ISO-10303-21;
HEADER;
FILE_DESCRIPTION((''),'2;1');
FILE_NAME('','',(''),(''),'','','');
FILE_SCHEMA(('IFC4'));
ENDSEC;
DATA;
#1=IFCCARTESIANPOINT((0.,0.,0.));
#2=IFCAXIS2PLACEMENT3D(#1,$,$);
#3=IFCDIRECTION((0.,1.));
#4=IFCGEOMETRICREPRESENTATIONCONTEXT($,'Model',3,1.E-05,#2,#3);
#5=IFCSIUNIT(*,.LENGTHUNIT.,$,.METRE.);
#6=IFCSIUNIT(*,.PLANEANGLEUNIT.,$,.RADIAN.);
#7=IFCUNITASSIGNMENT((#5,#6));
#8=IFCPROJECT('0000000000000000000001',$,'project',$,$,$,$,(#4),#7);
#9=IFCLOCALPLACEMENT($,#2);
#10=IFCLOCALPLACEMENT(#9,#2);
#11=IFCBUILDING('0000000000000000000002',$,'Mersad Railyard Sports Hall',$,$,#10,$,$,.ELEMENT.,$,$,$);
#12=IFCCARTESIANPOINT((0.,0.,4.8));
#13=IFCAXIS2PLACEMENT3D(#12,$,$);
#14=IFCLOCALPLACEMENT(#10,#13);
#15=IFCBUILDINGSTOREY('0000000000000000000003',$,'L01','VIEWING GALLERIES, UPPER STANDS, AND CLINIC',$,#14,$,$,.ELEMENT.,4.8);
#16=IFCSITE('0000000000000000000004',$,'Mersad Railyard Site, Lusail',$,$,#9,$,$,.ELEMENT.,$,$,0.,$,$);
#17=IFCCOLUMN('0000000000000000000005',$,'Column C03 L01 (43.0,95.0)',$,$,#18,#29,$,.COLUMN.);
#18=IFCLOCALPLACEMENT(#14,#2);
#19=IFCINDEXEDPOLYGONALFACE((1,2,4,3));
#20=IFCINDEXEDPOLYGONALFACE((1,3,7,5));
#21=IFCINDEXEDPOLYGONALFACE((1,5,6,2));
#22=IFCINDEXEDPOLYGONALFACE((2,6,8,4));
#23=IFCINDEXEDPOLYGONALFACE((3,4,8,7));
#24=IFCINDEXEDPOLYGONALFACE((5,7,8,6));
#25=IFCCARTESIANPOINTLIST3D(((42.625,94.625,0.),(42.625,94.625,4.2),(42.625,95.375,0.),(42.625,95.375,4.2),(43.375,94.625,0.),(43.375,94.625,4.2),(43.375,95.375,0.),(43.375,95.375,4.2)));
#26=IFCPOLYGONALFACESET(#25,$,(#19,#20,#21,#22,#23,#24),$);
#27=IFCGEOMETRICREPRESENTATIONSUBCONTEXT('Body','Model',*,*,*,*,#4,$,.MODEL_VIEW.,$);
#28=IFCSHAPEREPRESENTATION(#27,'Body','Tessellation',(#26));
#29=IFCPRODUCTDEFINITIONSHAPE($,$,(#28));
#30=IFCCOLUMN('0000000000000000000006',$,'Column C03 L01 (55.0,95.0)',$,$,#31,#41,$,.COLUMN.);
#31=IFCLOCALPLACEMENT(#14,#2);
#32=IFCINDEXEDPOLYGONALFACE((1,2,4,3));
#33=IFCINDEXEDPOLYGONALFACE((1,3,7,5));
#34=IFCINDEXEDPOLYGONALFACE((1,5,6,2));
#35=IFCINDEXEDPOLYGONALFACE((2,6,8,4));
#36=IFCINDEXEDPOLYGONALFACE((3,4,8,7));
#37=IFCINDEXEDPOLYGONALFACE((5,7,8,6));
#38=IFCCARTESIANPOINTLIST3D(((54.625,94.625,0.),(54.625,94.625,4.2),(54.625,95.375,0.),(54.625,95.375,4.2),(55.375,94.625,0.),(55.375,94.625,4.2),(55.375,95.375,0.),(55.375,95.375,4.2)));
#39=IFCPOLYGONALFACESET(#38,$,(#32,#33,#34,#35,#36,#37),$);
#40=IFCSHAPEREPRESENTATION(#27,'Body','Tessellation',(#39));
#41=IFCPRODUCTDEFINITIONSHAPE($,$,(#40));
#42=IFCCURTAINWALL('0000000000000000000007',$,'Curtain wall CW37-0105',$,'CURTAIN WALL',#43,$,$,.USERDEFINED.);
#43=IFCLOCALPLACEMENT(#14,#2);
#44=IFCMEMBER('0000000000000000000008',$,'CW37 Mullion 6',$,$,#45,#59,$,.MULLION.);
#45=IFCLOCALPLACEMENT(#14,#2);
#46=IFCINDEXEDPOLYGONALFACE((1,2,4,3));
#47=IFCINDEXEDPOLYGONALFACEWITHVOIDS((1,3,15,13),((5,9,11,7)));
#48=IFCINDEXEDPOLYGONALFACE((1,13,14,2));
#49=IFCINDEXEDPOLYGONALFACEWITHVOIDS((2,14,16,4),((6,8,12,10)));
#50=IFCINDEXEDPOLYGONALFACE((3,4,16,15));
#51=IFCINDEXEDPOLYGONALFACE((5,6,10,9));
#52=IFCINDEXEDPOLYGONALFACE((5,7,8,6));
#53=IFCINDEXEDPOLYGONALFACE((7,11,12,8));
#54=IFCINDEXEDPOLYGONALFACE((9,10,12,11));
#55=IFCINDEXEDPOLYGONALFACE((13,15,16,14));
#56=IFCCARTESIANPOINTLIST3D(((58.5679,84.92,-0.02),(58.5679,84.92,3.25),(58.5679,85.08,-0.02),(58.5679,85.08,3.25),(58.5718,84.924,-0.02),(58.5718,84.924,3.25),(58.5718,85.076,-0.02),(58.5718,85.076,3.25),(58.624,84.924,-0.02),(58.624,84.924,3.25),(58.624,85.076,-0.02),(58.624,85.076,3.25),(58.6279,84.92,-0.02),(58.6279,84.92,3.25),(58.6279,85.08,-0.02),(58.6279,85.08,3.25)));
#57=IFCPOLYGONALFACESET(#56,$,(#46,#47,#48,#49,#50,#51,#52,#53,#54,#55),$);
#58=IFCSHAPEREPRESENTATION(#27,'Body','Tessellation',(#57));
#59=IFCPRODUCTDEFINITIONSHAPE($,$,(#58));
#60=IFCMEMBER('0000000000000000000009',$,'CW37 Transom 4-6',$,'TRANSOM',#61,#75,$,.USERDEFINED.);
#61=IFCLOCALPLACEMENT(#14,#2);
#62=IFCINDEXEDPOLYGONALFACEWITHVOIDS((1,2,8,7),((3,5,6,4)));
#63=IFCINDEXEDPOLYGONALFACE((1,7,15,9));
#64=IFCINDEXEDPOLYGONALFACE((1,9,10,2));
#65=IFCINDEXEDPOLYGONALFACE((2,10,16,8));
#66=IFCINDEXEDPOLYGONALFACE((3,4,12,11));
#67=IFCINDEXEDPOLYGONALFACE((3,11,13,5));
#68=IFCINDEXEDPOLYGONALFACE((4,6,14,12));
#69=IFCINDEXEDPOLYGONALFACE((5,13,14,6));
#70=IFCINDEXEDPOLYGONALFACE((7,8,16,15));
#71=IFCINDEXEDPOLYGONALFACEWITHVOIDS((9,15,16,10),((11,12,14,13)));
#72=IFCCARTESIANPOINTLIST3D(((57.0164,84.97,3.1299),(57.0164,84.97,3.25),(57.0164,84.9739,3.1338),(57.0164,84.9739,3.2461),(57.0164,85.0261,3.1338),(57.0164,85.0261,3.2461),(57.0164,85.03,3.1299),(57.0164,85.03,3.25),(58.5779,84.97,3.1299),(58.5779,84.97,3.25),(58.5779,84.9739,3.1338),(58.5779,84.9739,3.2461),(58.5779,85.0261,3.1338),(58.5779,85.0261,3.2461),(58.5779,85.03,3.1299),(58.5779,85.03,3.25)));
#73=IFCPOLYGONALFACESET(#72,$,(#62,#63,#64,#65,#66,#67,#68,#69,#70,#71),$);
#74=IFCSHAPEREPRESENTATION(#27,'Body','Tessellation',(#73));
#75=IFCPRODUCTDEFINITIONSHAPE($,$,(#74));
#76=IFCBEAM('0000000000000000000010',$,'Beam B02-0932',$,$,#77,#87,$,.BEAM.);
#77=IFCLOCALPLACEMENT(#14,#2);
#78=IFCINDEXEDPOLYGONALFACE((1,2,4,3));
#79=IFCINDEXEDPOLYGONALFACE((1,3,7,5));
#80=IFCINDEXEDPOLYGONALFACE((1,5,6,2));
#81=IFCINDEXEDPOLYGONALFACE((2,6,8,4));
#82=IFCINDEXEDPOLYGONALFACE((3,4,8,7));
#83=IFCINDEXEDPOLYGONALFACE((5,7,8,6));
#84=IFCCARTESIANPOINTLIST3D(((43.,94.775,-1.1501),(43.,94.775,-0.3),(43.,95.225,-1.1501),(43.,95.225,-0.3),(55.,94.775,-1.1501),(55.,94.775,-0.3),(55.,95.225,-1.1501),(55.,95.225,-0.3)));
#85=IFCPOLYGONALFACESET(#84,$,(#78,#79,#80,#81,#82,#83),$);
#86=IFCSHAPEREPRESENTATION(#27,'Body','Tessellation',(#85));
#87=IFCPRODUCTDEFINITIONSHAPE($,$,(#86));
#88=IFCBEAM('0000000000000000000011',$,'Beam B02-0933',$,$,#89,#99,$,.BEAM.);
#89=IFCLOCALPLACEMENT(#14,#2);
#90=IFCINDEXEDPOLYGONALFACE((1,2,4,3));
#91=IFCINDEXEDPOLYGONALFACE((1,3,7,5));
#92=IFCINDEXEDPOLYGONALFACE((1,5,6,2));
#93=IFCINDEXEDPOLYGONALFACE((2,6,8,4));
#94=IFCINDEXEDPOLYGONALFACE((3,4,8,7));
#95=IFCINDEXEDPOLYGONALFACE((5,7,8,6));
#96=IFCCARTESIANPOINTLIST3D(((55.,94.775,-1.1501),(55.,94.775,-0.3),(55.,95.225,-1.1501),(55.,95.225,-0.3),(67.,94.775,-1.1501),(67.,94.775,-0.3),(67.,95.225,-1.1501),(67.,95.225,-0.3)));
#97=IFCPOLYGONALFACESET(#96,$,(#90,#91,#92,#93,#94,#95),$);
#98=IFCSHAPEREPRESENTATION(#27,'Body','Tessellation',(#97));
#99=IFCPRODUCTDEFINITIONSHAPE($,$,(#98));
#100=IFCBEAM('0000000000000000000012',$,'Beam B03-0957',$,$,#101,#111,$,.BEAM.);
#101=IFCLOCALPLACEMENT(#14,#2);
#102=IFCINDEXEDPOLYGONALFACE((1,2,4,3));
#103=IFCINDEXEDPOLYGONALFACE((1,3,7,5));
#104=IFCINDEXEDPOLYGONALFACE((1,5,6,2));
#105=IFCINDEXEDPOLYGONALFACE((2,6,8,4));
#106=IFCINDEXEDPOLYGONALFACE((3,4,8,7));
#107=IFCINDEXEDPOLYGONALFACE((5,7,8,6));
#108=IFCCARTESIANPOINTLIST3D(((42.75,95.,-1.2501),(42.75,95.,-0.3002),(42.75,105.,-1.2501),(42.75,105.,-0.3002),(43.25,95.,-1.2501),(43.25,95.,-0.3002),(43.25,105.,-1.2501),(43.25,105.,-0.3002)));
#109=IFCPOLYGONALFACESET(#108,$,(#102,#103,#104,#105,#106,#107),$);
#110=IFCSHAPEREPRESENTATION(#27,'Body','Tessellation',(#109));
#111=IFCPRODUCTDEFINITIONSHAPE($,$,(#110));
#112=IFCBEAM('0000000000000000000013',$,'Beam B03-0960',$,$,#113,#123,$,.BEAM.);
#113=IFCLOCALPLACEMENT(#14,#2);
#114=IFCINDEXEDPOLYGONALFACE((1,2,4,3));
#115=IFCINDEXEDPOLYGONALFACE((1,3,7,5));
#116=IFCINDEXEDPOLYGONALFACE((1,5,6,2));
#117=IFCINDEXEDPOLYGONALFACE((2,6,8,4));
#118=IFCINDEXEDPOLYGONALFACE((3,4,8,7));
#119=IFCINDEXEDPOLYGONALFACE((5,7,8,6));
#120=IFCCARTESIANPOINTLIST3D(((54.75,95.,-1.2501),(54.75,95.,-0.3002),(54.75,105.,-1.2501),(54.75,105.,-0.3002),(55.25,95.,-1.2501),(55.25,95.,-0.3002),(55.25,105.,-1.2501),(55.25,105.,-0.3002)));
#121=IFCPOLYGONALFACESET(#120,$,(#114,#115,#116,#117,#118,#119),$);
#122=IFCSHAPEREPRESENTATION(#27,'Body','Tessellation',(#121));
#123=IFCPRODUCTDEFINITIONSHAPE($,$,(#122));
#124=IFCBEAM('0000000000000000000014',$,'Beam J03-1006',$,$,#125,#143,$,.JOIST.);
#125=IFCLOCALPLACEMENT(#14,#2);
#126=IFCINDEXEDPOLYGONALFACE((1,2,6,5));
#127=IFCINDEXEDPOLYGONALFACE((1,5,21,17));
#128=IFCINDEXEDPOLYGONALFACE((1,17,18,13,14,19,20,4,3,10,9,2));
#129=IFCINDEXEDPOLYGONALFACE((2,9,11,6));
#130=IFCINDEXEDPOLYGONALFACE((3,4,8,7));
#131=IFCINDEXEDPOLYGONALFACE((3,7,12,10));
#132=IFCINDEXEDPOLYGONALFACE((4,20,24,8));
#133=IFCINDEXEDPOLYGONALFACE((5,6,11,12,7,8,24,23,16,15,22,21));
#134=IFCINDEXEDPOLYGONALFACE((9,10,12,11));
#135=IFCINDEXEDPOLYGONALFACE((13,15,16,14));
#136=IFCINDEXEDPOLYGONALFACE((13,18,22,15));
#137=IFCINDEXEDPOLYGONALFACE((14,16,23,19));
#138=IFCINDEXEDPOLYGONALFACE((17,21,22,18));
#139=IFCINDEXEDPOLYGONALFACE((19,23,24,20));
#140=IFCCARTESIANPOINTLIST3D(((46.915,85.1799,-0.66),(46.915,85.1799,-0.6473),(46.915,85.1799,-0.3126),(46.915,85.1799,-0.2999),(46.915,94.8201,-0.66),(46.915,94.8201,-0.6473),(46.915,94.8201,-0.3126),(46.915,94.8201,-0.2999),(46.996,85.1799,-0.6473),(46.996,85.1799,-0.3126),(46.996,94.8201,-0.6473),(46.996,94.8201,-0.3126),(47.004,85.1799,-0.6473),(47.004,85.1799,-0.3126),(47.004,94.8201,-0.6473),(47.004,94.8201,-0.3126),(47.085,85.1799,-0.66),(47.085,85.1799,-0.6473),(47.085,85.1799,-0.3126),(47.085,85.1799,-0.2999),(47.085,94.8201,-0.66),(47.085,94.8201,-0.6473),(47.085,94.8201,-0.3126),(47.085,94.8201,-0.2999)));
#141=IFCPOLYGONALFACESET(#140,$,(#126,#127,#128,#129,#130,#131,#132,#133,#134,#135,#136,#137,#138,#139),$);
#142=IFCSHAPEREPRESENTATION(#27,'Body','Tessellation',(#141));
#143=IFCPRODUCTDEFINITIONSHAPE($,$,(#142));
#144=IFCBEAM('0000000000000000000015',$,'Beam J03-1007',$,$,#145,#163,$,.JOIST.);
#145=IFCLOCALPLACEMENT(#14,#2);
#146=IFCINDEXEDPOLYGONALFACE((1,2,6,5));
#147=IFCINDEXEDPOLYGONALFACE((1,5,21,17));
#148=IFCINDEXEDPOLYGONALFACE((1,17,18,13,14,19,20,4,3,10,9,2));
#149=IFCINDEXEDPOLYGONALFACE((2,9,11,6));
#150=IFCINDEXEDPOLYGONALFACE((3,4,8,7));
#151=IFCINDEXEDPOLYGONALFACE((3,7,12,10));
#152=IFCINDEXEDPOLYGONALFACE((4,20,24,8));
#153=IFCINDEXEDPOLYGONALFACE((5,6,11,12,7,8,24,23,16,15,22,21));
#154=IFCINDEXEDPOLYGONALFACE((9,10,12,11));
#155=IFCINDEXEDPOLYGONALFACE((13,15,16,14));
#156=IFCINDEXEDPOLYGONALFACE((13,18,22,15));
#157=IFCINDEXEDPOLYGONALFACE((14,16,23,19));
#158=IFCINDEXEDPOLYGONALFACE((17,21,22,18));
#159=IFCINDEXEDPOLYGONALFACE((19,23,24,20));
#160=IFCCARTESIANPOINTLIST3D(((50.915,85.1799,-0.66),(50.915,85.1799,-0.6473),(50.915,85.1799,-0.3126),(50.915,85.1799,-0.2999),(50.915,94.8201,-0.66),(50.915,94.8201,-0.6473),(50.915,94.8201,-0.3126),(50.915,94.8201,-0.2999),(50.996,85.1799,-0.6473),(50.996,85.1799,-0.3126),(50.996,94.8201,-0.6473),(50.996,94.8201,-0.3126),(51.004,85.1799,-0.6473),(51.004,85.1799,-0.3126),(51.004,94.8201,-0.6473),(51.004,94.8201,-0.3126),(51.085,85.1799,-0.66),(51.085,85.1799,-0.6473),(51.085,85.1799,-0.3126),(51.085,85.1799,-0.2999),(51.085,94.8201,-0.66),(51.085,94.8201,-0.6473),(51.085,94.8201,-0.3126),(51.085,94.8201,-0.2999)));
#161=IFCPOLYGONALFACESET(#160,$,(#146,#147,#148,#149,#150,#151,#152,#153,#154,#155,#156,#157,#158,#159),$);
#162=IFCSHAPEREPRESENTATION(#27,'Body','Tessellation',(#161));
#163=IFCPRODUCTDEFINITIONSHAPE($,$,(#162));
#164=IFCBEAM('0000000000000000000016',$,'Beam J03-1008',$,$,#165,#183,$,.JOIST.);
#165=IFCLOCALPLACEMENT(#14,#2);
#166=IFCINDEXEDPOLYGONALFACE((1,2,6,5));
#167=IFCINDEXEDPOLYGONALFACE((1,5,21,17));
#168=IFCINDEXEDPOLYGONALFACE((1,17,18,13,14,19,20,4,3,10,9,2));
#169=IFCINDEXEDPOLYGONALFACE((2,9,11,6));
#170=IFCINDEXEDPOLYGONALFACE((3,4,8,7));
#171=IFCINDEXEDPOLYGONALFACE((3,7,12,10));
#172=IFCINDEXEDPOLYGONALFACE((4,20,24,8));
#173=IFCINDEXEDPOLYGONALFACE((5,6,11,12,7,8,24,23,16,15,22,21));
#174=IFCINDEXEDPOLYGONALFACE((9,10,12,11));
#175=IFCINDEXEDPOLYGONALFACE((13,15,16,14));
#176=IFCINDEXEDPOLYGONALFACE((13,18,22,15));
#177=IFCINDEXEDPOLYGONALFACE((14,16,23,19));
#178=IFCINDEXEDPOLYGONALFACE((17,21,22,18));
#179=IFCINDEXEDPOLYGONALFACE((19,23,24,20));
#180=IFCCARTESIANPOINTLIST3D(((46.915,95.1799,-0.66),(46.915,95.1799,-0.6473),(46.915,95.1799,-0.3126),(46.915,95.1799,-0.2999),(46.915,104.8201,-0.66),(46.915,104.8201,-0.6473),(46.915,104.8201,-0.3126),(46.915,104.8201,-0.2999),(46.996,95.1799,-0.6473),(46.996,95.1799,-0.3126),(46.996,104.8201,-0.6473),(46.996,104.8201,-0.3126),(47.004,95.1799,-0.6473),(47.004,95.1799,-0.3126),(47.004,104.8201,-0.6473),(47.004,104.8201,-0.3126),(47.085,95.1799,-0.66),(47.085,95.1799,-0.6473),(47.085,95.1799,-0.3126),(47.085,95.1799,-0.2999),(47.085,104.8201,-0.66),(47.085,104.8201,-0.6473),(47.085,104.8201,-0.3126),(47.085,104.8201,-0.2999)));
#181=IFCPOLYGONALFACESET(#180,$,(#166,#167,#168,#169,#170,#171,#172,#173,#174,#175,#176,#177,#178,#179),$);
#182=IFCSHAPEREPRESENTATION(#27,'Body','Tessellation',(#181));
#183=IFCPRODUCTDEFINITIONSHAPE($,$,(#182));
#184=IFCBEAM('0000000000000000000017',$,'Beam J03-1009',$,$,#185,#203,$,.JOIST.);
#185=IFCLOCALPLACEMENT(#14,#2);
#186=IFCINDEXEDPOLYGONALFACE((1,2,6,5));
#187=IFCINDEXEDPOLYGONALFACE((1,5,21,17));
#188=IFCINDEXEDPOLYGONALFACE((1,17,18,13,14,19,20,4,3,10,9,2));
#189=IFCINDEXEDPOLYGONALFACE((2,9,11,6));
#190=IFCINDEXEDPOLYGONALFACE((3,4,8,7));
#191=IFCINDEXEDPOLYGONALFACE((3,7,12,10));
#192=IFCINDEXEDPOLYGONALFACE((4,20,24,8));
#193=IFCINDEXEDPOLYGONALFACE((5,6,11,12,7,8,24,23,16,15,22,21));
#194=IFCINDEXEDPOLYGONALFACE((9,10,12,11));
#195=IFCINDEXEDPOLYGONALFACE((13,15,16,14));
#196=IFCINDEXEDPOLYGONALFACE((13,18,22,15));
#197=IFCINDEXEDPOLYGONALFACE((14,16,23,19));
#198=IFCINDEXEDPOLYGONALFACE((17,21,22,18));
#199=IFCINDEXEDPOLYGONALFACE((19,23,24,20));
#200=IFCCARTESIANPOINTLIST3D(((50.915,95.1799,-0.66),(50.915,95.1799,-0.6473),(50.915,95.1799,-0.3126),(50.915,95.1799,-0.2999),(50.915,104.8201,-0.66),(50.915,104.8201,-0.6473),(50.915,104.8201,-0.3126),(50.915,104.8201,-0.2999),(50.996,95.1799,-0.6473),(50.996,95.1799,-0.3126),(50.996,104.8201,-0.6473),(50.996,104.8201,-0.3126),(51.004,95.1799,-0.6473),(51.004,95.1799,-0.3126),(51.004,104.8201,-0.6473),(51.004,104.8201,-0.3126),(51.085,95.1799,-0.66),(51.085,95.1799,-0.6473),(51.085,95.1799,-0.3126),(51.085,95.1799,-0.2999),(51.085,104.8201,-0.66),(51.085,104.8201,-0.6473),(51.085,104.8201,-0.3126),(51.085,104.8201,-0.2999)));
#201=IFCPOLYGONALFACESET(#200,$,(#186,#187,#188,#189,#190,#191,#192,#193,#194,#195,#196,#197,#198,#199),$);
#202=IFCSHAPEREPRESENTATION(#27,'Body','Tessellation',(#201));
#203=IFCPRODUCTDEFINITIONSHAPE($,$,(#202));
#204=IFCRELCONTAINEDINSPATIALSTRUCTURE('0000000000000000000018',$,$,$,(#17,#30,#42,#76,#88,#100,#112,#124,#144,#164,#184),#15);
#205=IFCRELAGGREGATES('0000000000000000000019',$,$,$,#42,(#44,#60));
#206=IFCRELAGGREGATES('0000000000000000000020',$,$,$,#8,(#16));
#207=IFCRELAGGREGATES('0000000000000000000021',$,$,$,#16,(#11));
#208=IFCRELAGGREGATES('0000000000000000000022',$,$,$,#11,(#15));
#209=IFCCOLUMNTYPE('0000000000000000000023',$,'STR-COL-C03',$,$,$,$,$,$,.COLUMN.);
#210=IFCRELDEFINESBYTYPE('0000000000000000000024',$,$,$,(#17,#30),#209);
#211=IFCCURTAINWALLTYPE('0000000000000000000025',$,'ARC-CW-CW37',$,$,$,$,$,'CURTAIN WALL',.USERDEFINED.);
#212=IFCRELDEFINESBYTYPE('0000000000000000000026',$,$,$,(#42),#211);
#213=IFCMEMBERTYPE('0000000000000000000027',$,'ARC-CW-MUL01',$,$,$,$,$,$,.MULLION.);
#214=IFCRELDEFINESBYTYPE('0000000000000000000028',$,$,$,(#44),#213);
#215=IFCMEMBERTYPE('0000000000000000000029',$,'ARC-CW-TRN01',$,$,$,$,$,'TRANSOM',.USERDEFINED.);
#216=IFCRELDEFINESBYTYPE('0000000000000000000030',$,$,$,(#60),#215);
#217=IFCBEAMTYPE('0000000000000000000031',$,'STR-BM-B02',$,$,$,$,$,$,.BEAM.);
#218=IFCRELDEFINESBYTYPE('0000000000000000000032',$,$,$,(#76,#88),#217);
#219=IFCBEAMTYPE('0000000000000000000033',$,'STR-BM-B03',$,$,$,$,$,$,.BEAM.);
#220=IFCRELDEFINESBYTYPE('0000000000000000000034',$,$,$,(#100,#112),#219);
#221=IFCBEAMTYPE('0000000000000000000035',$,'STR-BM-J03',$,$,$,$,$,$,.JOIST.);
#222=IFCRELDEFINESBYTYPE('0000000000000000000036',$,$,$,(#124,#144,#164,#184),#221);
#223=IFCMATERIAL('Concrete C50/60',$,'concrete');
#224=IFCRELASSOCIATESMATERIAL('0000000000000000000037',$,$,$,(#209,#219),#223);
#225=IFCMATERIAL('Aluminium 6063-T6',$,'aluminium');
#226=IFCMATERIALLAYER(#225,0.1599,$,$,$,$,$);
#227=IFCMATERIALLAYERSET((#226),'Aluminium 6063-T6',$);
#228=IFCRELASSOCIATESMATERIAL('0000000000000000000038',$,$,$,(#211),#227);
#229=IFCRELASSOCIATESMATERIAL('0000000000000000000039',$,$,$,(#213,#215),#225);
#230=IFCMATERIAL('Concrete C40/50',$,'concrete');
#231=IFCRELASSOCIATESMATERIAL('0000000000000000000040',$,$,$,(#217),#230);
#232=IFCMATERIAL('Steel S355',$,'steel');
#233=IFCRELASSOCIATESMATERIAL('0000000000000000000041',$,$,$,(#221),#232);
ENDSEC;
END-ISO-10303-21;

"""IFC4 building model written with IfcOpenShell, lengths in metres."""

from ifc_helpers import new_model, si_unit, direction, frame, origin, origin_2d, place, context, subcontext, project, spatial, rectangle, hollow_rectangle, i_section, extrude, material, layer, layer_set, material_profile, profile_set, type_object, element, aggregate, save


model = new_model("IFC4")

# Units and contexts
model_context = context("Model", 3, precision=1e-05, world=origin(), true_north=direction((0.0, 1.0)))
body_context = subcontext(model_context, "Body", "Model", "MODEL_VIEW")
ifc_project = project(units=[si_unit("LENGTHUNIT", "METRE"), si_unit("PLANEANGLEUNIT", "RADIAN")], contexts=[model_context])

# Site, building, storey
site_placement = place(None, origin())
site = spatial("IfcSite", under=ifc_project, at=site_placement, Name="Mersad Railyard Site, Lusail", CompositionType="ELEMENT", RefElevation=0.0)
building_placement = place(site_placement, origin())
building = spatial("IfcBuilding", under=site, at=building_placement, Name="Mersad Railyard Sports Hall", CompositionType="ELEMENT")
storey_placement = place(building_placement, frame((0.0, 0.0, 4.8)))
storey = spatial("IfcBuildingStorey", under=building, at=storey_placement, Name="L01", Description="VIEWING GALLERIES, UPPER STANDS, AND CLINIC", CompositionType="ELEMENT", Elevation=4.8)

# Columns
ifc_material_1 = material(Name="Concrete C50/60", Category="concrete")
ifc_material_profile_1 = material_profile(ifc_material_1, rectangle(XDim=0.75, YDim=0.75, at=origin_2d()), Name="RC 750x750")
ifc_profile_set_1 = profile_set([ifc_material_profile_1], Name="Concrete C50/60")
column_type = type_object("IfcColumnType", Name="STR-COL-C03", PredefinedType="COLUMN", material=ifc_profile_set_1)
for number, where, z_axis, x_axis, name in (
    (1, (43.0, 95.0, 0.0), (0.0, 0.0, 1.0), (1.0, 0.0, 0.0), "Column C03 L01 (43.0,95.0)"),
    (2, (55.0, 95.0, 0.0), (0.0, 0.0, 1.0), (1.0, 0.0, 0.0), "Column C03 L01 (55.0,95.0)"),
):
    element("IfcColumn", number, at=place(storey_placement, frame(where, z_axis=z_axis, x_axis=x_axis)), inside=storey, type_object=column_type, Name=name, PredefinedType="COLUMN", context=body_context, shape_type="SweptSolid", body=[
        extrude(rectangle(XDim=0.75, YDim=0.75, at=origin_2d()), origin(), (0.0, 0.0, 1.0), 4.2),
    ])

# Curtain wall, members
ifc_material_2 = material(Name="Aluminium 6063-T6", Category="aluminium")
ifc_layer_1 = layer(ifc_material_2, 0.1599)
ifc_layer_set_1 = layer_set([ifc_layer_1], Name="Aluminium 6063-T6")
curtain_wall_type = type_object("IfcCurtainWallType", Name="ARC-CW-CW37", ElementType="CURTAIN WALL", PredefinedType="USERDEFINED", material=ifc_layer_set_1)
curtain_wall_placement = place(storey_placement, origin())
curtain_wall = element("IfcCurtainWall", 3, at=curtain_wall_placement, inside=storey, type_object=curtain_wall_type, Name="Curtain wall CW37-0105", ObjectType="CURTAIN WALL", PredefinedType="USERDEFINED")
ifc_material_profile_2 = material_profile(ifc_material_2, hollow_rectangle(XDim=0.0601, YDim=0.1599, WallThickness=0.0039, at=origin_2d()), Name="AL MULLION 60x160x4")
ifc_profile_set_2 = profile_set([ifc_material_profile_2], Name="Aluminium 6063-T6")
member_type_1 = type_object("IfcMemberType", Name="ARC-CW-MUL01", PredefinedType="MULLION", material=ifc_profile_set_2)
member_1_placement = place(storey_placement, frame((58.5979, 85.0, -0.02), z_axis=(0.0, 0.0, 1.0), x_axis=(1.0, 0.0, 0.0)))
member_1 = element("IfcMember", 4, at=member_1_placement, type_object=member_type_1, Name="CW37 Mullion 6", PredefinedType="MULLION", context=body_context, shape_type="SweptSolid", body=[
    extrude(hollow_rectangle(XDim=0.0601, YDim=0.1599, WallThickness=0.0039, at=origin_2d()), origin(), (0.0, 0.0, 1.0), 3.27),
])
ifc_material_profile_3 = material_profile(ifc_material_2, hollow_rectangle(XDim=0.0601, YDim=0.1201, WallThickness=0.0039, at=origin_2d()), Name="AL TRANSOM 60x120x4")
ifc_profile_set_3 = profile_set([ifc_material_profile_3], Name="Aluminium 6063-T6")
member_type_2 = type_object("IfcMemberType", Name="ARC-CW-TRN01", ElementType="TRANSOM", PredefinedType="USERDEFINED", material=ifc_profile_set_3)
member_2_placement = place(storey_placement, frame((58.5779, 85.0, 3.1899), z_axis=(-1.0, 0.0, 0.0), x_axis=(0.0, -1.0, 0.0)))
member_2 = element("IfcMember", 5, at=member_2_placement, type_object=member_type_2, Name="CW37 Transom 4-6", ObjectType="TRANSOM", PredefinedType="USERDEFINED", context=body_context, shape_type="SweptSolid", body=[
    extrude(hollow_rectangle(XDim=0.0601, YDim=0.1201, WallThickness=0.0039, at=origin_2d()), origin(), (0.0, 0.0, 1.0), 1.5615),
])

# Beams
ifc_material_3 = material(Name="Concrete C40/50", Category="concrete")
ifc_material_profile_4 = material_profile(ifc_material_3, rectangle(XDim=0.45, YDim=0.8501, at=origin_2d()), Name="RC 450x850")
ifc_profile_set_4 = profile_set([ifc_material_profile_4], Name="Concrete C40/50")
beam_type_1 = type_object("IfcBeamType", Name="STR-BM-B02", PredefinedType="BEAM", material=ifc_profile_set_4)
for number, where, z_axis, x_axis, name in (
    (6, (43.0, 95.0, -0.7251), (1.0, 0.0, 0.0), (0.0, 1.0, 0.0), "Beam B02-0932"),
    (7, (55.0, 95.0, -0.7251), (1.0, 0.0, 0.0), (0.0, 1.0, 0.0), "Beam B02-0933"),
):
    element("IfcBeam", number, at=place(storey_placement, frame(where, z_axis=z_axis, x_axis=x_axis)), inside=storey, type_object=beam_type_1, Name=name, PredefinedType="BEAM", context=body_context, shape_type="SweptSolid", body=[
        extrude(rectangle(XDim=0.45, YDim=0.8501, at=origin_2d()), origin(), (0.0, 0.0, 1.0), 12.0),
    ])
ifc_material_profile_5 = material_profile(ifc_material_1, rectangle(XDim=0.5, YDim=0.95, at=origin_2d()), Name="RC 500x950")
ifc_profile_set_5 = profile_set([ifc_material_profile_5], Name="Concrete C50/60")
beam_type_2 = type_object("IfcBeamType", Name="STR-BM-B03", PredefinedType="BEAM", material=ifc_profile_set_5)
for number, where, z_axis, x_axis, name in (
    (8, (43.0, 95.0, -0.7751), (0.0, 1.0, 0.0), (-1.0, 0.0, 0.0), "Beam B03-0957"),
    (9, (55.0, 95.0, -0.7751), (0.0, 1.0, 0.0), (-1.0, 0.0, 0.0), "Beam B03-0960"),
):
    element("IfcBeam", number, at=place(storey_placement, frame(where, z_axis=z_axis, x_axis=x_axis)), inside=storey, type_object=beam_type_2, Name=name, PredefinedType="BEAM", context=body_context, shape_type="SweptSolid", body=[
        extrude(rectangle(XDim=0.5, YDim=0.95, at=origin_2d()), origin(), (0.0, 0.0, 1.0), 10.0),
    ])
ifc_material_4 = material(Name="Steel S355", Category="steel")
ifc_material_profile_6 = material_profile(ifc_material_4, i_section(OverallWidth=0.1699, OverallDepth=0.3601, WebThickness=0.0081, FlangeThickness=0.0127, at=origin_2d()), Name="IPE 360")
ifc_profile_set_6 = profile_set([ifc_material_profile_6], Name="Steel S355")
beam_type_3 = type_object("IfcBeamType", Name="STR-BM-J03", PredefinedType="JOIST", material=ifc_profile_set_6)
for number, where, z_axis, x_axis, name in (
    (10, (47.0, 85.1799, -0.48), (0.0, 1.0, 0.0), (-1.0, 0.0, 0.0), "Beam J03-1006"),
    (11, (51.0, 85.1799, -0.48), (0.0, 1.0, 0.0), (-1.0, 0.0, 0.0), "Beam J03-1007"),
    (12, (47.0, 95.1799, -0.48), (0.0, 1.0, 0.0), (-1.0, 0.0, 0.0), "Beam J03-1008"),
    (13, (51.0, 95.1799, -0.48), (0.0, 1.0, 0.0), (-1.0, 0.0, 0.0), "Beam J03-1009"),
):
    element("IfcBeam", number, at=place(storey_placement, frame(where, z_axis=z_axis, x_axis=x_axis)), inside=storey, type_object=beam_type_3, Name=name, PredefinedType="JOIST", context=body_context, shape_type="SweptSolid", body=[
        extrude(i_section(OverallWidth=0.1699, OverallDepth=0.3601, WebThickness=0.0081, FlangeThickness=0.0127, at=origin_2d()), origin(), (0.0, 0.0, 1.0), 9.6401),
    ])

aggregate(curtain_wall, [member_1, member_2])

save(model, "model.ifc")
